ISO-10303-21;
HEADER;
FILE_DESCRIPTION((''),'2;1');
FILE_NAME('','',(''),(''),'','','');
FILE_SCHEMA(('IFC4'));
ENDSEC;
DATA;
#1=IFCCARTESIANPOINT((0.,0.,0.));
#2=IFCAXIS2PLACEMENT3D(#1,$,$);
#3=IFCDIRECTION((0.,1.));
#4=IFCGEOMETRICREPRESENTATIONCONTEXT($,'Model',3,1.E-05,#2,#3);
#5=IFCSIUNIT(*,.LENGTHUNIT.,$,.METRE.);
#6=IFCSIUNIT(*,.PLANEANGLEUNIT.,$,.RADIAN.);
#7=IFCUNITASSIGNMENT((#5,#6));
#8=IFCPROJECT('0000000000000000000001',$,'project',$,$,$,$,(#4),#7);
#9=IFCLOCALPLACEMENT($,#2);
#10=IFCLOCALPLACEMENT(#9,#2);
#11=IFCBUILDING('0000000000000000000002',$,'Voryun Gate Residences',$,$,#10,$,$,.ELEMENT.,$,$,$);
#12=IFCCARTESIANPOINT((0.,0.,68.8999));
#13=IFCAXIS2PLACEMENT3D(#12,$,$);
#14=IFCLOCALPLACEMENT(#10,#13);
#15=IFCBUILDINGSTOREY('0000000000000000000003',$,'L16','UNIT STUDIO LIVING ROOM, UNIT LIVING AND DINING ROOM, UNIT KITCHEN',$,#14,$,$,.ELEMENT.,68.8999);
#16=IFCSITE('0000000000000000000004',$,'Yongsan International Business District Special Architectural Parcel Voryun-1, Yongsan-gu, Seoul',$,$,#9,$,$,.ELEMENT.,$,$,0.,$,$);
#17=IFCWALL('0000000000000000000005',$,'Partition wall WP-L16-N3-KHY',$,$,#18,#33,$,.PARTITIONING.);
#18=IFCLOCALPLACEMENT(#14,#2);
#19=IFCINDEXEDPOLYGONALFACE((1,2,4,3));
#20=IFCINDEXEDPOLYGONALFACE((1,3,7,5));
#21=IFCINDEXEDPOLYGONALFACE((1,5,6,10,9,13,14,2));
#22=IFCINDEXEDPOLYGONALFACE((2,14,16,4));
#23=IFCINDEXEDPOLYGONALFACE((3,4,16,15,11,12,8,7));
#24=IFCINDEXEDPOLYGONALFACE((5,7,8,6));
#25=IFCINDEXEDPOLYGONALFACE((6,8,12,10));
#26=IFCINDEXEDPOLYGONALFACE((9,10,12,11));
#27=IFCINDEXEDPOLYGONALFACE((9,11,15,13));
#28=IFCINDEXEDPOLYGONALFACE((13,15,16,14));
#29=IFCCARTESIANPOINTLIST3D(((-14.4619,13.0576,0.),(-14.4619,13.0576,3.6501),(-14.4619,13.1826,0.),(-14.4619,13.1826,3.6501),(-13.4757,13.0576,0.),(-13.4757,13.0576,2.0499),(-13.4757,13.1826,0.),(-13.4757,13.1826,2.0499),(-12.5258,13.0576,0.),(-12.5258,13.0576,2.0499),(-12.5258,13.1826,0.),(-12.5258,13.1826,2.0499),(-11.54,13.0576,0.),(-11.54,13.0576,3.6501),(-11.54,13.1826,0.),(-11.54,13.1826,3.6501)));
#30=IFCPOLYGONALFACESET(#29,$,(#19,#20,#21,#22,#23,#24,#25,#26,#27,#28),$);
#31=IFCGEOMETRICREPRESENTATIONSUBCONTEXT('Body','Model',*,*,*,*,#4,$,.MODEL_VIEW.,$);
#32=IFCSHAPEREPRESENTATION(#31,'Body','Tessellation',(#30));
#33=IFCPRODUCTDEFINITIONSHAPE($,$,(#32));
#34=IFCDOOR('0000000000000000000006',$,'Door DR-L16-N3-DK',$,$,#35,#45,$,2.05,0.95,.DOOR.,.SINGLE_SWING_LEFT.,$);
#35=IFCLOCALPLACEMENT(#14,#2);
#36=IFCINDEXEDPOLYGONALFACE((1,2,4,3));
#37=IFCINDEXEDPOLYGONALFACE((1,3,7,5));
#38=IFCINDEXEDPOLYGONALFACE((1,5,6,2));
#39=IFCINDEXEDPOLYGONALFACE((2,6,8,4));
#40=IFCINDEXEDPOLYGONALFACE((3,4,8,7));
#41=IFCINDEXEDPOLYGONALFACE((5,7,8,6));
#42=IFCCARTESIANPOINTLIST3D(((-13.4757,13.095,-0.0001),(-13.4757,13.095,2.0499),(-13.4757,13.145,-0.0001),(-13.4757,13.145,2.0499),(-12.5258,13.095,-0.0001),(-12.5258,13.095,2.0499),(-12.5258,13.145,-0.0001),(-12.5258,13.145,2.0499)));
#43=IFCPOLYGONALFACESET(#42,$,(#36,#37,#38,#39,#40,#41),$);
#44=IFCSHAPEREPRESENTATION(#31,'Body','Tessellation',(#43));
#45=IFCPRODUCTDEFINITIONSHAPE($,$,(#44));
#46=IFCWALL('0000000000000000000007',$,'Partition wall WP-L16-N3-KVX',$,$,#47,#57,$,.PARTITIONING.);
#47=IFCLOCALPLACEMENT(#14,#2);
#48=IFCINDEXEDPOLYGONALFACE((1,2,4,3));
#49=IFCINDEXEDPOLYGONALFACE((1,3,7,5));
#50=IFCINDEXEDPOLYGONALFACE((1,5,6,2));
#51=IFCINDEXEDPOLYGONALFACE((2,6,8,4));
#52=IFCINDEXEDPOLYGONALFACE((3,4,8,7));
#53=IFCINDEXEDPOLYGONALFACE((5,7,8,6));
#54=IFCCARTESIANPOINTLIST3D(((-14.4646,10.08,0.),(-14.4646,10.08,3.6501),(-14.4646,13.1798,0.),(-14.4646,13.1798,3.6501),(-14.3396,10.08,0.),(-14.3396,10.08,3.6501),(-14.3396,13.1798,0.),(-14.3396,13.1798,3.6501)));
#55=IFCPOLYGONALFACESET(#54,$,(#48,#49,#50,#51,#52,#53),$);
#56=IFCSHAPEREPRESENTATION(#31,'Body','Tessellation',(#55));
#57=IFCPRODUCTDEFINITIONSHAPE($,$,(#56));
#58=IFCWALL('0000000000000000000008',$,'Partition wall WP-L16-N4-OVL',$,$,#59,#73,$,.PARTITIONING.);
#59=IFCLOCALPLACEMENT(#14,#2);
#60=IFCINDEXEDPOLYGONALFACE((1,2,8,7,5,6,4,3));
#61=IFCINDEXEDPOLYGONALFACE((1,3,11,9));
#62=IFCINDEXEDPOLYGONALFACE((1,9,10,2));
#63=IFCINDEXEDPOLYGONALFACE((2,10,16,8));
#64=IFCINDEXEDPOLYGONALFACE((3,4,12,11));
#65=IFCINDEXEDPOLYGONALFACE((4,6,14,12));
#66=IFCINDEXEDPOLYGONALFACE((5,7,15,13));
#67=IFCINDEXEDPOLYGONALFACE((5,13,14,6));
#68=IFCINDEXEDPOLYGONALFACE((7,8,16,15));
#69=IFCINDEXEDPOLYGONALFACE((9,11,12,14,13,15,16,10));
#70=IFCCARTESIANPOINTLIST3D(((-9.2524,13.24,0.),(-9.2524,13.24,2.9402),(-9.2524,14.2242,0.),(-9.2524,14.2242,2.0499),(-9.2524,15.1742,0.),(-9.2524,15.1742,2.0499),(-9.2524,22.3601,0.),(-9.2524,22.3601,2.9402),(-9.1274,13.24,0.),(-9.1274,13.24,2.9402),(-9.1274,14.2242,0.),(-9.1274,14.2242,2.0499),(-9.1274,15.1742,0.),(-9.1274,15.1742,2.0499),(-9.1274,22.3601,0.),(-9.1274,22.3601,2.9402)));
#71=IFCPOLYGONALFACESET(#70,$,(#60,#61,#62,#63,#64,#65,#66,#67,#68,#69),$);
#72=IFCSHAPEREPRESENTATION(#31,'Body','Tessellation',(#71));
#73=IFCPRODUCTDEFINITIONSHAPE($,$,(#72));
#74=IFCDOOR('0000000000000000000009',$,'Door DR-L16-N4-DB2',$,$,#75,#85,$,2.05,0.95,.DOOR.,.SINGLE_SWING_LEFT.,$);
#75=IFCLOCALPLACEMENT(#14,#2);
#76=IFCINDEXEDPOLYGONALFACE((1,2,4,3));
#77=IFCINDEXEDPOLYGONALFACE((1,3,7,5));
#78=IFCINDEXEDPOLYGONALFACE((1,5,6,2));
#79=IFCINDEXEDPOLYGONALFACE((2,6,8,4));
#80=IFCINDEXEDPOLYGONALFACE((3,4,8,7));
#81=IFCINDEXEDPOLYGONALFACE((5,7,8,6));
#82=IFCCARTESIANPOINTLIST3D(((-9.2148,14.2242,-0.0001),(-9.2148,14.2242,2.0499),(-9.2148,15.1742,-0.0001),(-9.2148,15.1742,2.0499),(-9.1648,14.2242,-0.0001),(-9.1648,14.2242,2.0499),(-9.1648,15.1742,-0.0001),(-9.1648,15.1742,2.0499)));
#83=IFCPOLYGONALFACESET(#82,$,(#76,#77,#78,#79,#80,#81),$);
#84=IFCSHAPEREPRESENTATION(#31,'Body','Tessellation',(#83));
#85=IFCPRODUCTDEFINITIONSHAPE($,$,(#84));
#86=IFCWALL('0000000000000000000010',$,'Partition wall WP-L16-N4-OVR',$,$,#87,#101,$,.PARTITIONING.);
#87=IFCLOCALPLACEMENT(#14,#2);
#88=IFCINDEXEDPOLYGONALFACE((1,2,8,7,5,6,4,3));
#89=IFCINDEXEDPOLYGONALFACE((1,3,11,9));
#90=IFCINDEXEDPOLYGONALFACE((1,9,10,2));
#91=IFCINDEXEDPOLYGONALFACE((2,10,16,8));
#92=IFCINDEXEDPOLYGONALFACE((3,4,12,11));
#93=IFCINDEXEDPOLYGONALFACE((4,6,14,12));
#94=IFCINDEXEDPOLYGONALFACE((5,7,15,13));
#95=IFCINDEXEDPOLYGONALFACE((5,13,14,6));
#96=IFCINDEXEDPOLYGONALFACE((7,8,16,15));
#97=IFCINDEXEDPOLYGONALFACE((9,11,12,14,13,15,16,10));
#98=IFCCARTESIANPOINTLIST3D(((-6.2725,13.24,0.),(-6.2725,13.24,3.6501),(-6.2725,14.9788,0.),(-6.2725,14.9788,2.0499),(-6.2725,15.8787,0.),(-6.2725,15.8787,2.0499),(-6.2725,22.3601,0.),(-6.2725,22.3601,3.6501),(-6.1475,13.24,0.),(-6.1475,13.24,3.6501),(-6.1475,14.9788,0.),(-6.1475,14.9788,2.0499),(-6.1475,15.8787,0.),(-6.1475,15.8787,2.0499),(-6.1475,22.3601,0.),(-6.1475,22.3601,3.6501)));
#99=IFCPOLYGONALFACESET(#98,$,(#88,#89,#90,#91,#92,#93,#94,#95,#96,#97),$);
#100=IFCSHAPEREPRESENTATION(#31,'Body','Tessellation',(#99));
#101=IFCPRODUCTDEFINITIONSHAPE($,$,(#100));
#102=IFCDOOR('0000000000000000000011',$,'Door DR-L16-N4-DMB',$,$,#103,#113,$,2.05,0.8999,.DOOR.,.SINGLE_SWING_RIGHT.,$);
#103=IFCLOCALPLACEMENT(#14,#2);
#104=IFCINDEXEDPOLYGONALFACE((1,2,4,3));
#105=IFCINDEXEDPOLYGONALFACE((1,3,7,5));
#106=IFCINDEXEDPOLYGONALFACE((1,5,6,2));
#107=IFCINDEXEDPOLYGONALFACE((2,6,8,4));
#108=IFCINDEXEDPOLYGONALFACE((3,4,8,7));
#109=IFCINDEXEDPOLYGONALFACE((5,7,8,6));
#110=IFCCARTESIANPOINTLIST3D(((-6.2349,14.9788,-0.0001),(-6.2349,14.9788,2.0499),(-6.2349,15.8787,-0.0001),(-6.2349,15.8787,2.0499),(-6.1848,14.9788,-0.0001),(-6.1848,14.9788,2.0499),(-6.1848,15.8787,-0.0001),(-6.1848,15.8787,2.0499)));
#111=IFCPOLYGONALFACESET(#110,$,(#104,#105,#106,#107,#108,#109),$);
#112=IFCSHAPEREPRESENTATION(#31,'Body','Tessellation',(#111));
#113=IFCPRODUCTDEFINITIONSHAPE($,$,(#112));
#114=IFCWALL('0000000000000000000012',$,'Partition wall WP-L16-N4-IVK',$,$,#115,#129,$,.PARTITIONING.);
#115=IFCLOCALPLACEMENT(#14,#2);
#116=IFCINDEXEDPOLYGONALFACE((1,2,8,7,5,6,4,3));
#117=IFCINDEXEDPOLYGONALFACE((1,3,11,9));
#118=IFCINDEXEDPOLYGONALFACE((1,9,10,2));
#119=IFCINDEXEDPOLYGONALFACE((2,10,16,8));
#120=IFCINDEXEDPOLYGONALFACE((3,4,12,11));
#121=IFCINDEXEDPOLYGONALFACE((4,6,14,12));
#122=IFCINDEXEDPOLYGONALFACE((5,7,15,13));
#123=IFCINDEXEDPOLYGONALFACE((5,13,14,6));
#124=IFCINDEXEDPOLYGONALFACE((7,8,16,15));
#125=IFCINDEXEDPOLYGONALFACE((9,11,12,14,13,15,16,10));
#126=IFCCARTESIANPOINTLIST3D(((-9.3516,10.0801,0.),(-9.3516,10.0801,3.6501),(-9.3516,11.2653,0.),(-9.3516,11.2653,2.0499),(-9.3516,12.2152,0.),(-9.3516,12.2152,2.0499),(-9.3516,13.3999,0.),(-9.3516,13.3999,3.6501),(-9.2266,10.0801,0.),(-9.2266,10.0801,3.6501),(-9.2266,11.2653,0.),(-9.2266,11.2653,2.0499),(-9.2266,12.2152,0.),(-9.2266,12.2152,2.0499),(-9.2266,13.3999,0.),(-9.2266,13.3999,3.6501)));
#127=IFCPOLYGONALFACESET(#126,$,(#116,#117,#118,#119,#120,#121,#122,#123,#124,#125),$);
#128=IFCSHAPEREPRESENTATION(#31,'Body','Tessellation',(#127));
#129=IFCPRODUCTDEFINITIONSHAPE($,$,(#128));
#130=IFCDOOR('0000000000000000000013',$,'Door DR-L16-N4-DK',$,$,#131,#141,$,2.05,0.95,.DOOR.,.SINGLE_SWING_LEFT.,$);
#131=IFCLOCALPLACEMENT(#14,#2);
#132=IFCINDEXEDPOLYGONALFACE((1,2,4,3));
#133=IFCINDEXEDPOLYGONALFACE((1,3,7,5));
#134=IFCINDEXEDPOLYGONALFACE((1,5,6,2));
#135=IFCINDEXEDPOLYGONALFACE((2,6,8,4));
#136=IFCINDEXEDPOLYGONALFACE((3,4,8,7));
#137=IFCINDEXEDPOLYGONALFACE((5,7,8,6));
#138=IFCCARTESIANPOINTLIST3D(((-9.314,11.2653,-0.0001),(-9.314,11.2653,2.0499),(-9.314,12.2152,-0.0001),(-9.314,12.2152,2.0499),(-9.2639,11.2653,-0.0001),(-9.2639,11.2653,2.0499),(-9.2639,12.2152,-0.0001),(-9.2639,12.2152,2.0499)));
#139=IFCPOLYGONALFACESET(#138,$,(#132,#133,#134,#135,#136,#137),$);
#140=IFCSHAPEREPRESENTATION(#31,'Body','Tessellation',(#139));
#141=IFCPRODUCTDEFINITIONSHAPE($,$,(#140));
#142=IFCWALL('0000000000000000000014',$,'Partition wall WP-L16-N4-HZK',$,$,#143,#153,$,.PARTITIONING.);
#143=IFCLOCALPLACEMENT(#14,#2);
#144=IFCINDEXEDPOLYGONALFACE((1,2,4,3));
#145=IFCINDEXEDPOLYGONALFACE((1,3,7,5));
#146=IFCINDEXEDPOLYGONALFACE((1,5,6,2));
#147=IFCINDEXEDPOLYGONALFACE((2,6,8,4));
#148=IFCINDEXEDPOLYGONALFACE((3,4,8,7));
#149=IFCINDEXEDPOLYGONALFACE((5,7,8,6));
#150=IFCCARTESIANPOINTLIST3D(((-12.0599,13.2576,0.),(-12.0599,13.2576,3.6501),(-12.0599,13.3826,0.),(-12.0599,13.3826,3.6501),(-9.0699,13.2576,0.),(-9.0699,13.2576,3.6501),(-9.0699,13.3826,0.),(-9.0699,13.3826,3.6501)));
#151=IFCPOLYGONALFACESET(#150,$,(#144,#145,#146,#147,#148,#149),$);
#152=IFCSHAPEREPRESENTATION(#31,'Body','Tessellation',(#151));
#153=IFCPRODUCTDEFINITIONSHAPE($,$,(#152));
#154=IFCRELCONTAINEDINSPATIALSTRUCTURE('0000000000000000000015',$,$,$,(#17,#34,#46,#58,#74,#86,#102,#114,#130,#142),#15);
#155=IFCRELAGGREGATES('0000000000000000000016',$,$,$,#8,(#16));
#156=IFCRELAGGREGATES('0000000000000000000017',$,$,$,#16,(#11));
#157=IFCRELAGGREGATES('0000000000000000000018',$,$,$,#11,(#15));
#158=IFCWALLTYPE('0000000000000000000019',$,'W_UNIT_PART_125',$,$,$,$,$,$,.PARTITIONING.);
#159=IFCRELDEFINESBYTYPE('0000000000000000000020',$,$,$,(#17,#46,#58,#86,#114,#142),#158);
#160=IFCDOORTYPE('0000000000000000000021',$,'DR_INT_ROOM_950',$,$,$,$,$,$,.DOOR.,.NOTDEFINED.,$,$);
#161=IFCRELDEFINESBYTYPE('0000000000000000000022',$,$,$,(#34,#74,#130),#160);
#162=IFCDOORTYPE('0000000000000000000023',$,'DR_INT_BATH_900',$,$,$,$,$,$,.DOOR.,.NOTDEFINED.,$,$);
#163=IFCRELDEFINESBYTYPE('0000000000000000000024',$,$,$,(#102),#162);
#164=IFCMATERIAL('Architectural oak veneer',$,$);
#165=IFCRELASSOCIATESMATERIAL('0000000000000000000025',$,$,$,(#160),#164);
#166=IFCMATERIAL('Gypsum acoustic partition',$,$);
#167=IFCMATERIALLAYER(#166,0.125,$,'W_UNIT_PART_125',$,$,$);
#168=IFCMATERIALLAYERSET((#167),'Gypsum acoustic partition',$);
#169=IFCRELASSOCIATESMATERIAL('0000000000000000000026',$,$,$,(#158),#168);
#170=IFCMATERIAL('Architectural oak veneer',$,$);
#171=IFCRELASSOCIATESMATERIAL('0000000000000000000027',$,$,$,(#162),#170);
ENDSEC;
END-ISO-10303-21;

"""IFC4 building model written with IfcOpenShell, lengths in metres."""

from ifc_helpers import new_model, si_unit, direction, frame, frame_2d, origin, place, context, subcontext, project, spatial, rectangle, extrude, material, layer, layer_set, type_object, element, fill, save


model = new_model("IFC4")

# Units and contexts
model_context = context("Model", 3, precision=1e-05, world=origin(), true_north=direction((0.0, 1.0)))
body_context = subcontext(model_context, "Body", "Model", "MODEL_VIEW")
ifc_project = project(units=[si_unit("LENGTHUNIT", "METRE"), si_unit("PLANEANGLEUNIT", "RADIAN")], contexts=[model_context])

# Site, building, storey
site_placement = place(None, origin())
site = spatial("IfcSite", under=ifc_project, at=site_placement, Name="Yongsan International Business District Special Architectural Parcel Voryun-1, Yongsan-gu, Seoul", CompositionType="ELEMENT", RefElevation=0.0)
building_placement = place(site_placement, origin())
building = spatial("IfcBuilding", under=site, at=building_placement, Name="Voryun Gate Residences", CompositionType="ELEMENT")
storey_placement = place(building_placement, frame((0.0, 0.0, 68.8999)))
storey = spatial("IfcBuildingStorey", under=building, at=storey_placement, Name="L16", Description="UNIT STUDIO LIVING ROOM, UNIT LIVING AND DINING ROOM, UNIT KITCHEN", CompositionType="ELEMENT", Elevation=68.8999)

# Shared definitions
ifc_material_1 = material(Name="Architectural oak veneer")
door_type_1 = type_object("IfcDoorType", Name="DR_INT_ROOM_950", OperationType="NOTDEFINED", PredefinedType="DOOR", material=ifc_material_1)

# Wall, opening, door
ifc_material_2 = material(Name="Gypsum acoustic partition")
ifc_layer_1 = layer(ifc_material_2, 0.125, Name="W_UNIT_PART_125")
ifc_layer_set_1 = layer_set([ifc_layer_1], Name="Gypsum acoustic partition")
wall_type_1 = type_object("IfcWallType", Name="W_UNIT_PART_125", PredefinedType="PARTITIONING", material=ifc_layer_set_1)
wall_1_placement = place(storey_placement, frame((-14.4619, 13.1201, 0.0), z_axis=(0.0, 0.0, 1.0), x_axis=(1.0, 0.0, 0.0)))
wall_1 = element("IfcWall", 1, at=wall_1_placement, inside=storey, type_object=wall_type_1, Name="Partition wall WP-L16-N3-KHY", PredefinedType="PARTITIONING", context=body_context, shape_type="SweptSolid", body=[
    extrude(rectangle(XDim=2.9219, YDim=0.125, at=frame_2d((1.4609, 0.0))), origin(), (0.0, 0.0, 1.0), 3.6501),
])
opening_1_placement = place(wall_1_placement, frame((0.9861, 0.0, 0.0)))
opening_1 = element("IfcOpeningElement", 2, at=opening_1_placement, cuts=wall_1, PredefinedType="OPENING", context=body_context, shape_type="SweptSolid", body=[
    extrude(rectangle(XDim=0.95, YDim=2.05, at=frame_2d((0.4751, 1.0249))), frame((0.0, 0.0725, 0.0), z_axis=(0.0, -1.0, 0.0), x_axis=(1.0, 0.0, 0.0)), (0.0, 0.0, 1.0), 0.145),
])
door_1_placement = place(opening_1_placement, origin())
door_1 = element("IfcDoor", 3, at=door_1_placement, inside=storey, type_object=door_type_1, Name="Door DR-L16-N3-DK", OperationType="SINGLE_SWING_LEFT", OverallHeight=2.05, OverallWidth=0.95, PredefinedType="DOOR", context=body_context, shape_type="SweptSolid", body=[
    extrude(rectangle(XDim=0.95, YDim=2.05, at=frame_2d((0.4751, 1.0249))), frame((0.0, 0.0249, 0.0), z_axis=(0.0, -1.0, 0.0), x_axis=(1.0, 0.0, 0.0)), (0.0, 0.0, 1.0), 0.05),
])
fill(opening_1, door_1)

# Wall
wall_2_placement = place(storey_placement, frame((-14.4021, 10.0801, 0.0), z_axis=(0.0, 0.0, 1.0), x_axis=(0.0, 1.0, 0.0)))
element("IfcWall", 4, at=wall_2_placement, inside=storey, type_object=wall_type_1, Name="Partition wall WP-L16-N3-KVX", PredefinedType="PARTITIONING", context=body_context, shape_type="SweptSolid", body=[
    extrude(rectangle(XDim=3.0999, YDim=0.125, at=frame_2d((1.5498, 0.0))), origin(), (0.0, 0.0, 1.0), 3.6501),
])

# Walls, openings, doors
wall_3_placement = place(storey_placement, frame((-9.1899, 13.24, 0.0), z_axis=(0.0, 0.0, 1.0), x_axis=(0.0, 1.0, 0.0)))
wall_3 = element("IfcWall", 5, at=wall_3_placement, inside=storey, type_object=wall_type_1, Name="Partition wall WP-L16-N4-OVL", PredefinedType="PARTITIONING", context=body_context, shape_type="SweptSolid", body=[
    extrude(rectangle(XDim=9.1201, YDim=0.125, at=frame_2d((4.5601, 0.0))), origin(), (0.0, 0.0, 1.0), 2.9402),
])
opening_2_placement = place(wall_3_placement, frame((0.9841, 0.0, 0.0)))
opening_2 = element("IfcOpeningElement", 6, at=opening_2_placement, cuts=wall_3, PredefinedType="OPENING", context=body_context, shape_type="SweptSolid", body=[
    extrude(rectangle(XDim=0.95, YDim=2.05, at=frame_2d((0.4751, 1.0249))), frame((0.0, 0.0725, 0.0), z_axis=(0.0, -1.0, 0.0), x_axis=(1.0, 0.0, 0.0)), (0.0, 0.0, 1.0), 0.145),
])
door_2_placement = place(opening_2_placement, origin())
door_2 = element("IfcDoor", 7, at=door_2_placement, inside=storey, type_object=door_type_1, Name="Door DR-L16-N4-DB2", OperationType="SINGLE_SWING_LEFT", OverallHeight=2.05, OverallWidth=0.95, PredefinedType="DOOR", context=body_context, shape_type="SweptSolid", body=[
    extrude(rectangle(XDim=0.95, YDim=2.05, at=frame_2d((0.4751, 1.0249))), frame((0.0, 0.0249, 0.0), z_axis=(0.0, -1.0, 0.0), x_axis=(1.0, 0.0, 0.0)), (0.0, 0.0, 1.0), 0.05),
])
fill(opening_2, door_2)
wall_4_placement = place(storey_placement, frame((-6.21, 13.24, 0.0), z_axis=(0.0, 0.0, 1.0), x_axis=(0.0, 1.0, 0.0)))
wall_4 = element("IfcWall", 8, at=wall_4_placement, inside=storey, type_object=wall_type_1, Name="Partition wall WP-L16-N4-OVR", PredefinedType="PARTITIONING", context=body_context, shape_type="SweptSolid", body=[
    extrude(rectangle(XDim=9.1201, YDim=0.125, at=frame_2d((4.5601, 0.0))), origin(), (0.0, 0.0, 1.0), 3.6501),
])
opening_3_placement = place(wall_4_placement, frame((1.7388, 0.0, 0.0)))
opening_3 = element("IfcOpeningElement", 9, at=opening_3_placement, cuts=wall_4, PredefinedType="OPENING", context=body_context, shape_type="SweptSolid", body=[
    extrude(rectangle(XDim=0.8999, YDim=2.05, at=frame_2d((0.45, 1.0249))), frame((0.0, 0.0725, 0.0), z_axis=(0.0, -1.0, 0.0), x_axis=(1.0, 0.0, 0.0)), (0.0, 0.0, 1.0), 0.145),
])
ifc_material_3 = material(Name="Architectural oak veneer")
door_type_2 = type_object("IfcDoorType", Name="DR_INT_BATH_900", OperationType="NOTDEFINED", PredefinedType="DOOR", material=ifc_material_3)
door_3_placement = place(opening_3_placement, origin())
door_3 = element("IfcDoor", 10, at=door_3_placement, inside=storey, type_object=door_type_2, Name="Door DR-L16-N4-DMB", OperationType="SINGLE_SWING_RIGHT", OverallHeight=2.05, OverallWidth=0.8999, PredefinedType="DOOR", context=body_context, shape_type="SweptSolid", body=[
    extrude(rectangle(XDim=0.8999, YDim=2.05, at=frame_2d((0.45, 1.0249))), frame((0.0, 0.0249, 0.0), z_axis=(0.0, -1.0, 0.0), x_axis=(1.0, 0.0, 0.0)), (0.0, 0.0, 1.0), 0.05),
])
fill(opening_3, door_3)
wall_5_placement = place(storey_placement, frame((-9.2891, 10.0801, 0.0), z_axis=(0.0, 0.0, 1.0), x_axis=(0.0, 1.0, 0.0)))
wall_5 = element("IfcWall", 11, at=wall_5_placement, inside=storey, type_object=wall_type_1, Name="Partition wall WP-L16-N4-IVK", PredefinedType="PARTITIONING", context=body_context, shape_type="SweptSolid", body=[
    extrude(rectangle(XDim=3.3198, YDim=0.125, at=frame_2d((1.6599, 0.0))), origin(), (0.0, 0.0, 1.0), 3.6501),
])
opening_4_placement = place(wall_5_placement, frame((1.1851, 0.0, 0.0)))
opening_4 = element("IfcOpeningElement", 12, at=opening_4_placement, cuts=wall_5, PredefinedType="OPENING", context=body_context, shape_type="SweptSolid", body=[
    extrude(rectangle(XDim=0.95, YDim=2.05, at=frame_2d((0.4751, 1.0249))), frame((0.0, 0.0725, 0.0), z_axis=(0.0, -1.0, 0.0), x_axis=(1.0, 0.0, 0.0)), (0.0, 0.0, 1.0), 0.145),
])
door_4_placement = place(opening_4_placement, origin())
door_4 = element("IfcDoor", 13, at=door_4_placement, inside=storey, type_object=door_type_1, Name="Door DR-L16-N4-DK", OperationType="SINGLE_SWING_LEFT", OverallHeight=2.05, OverallWidth=0.95, PredefinedType="DOOR", context=body_context, shape_type="SweptSolid", body=[
    extrude(rectangle(XDim=0.95, YDim=2.05, at=frame_2d((0.4751, 1.0249))), frame((0.0, 0.0249, 0.0), z_axis=(0.0, -1.0, 0.0), x_axis=(1.0, 0.0, 0.0)), (0.0, 0.0, 1.0), 0.05),
])
fill(opening_4, door_4)

# Wall
wall_6_placement = place(storey_placement, frame((-12.0601, 13.3201, 0.0), z_axis=(0.0, 0.0, 1.0), x_axis=(1.0, 0.0, 0.0)))
element("IfcWall", 14, at=wall_6_placement, inside=storey, type_object=wall_type_1, Name="Partition wall WP-L16-N4-HZK", PredefinedType="PARTITIONING", context=body_context, shape_type="SweptSolid", body=[
    extrude(rectangle(XDim=2.99, YDim=0.125, at=frame_2d((1.4951, 0.0))), origin(), (0.0, 0.0, 1.0), 3.6501),
])

save(model, "model.ifc")
